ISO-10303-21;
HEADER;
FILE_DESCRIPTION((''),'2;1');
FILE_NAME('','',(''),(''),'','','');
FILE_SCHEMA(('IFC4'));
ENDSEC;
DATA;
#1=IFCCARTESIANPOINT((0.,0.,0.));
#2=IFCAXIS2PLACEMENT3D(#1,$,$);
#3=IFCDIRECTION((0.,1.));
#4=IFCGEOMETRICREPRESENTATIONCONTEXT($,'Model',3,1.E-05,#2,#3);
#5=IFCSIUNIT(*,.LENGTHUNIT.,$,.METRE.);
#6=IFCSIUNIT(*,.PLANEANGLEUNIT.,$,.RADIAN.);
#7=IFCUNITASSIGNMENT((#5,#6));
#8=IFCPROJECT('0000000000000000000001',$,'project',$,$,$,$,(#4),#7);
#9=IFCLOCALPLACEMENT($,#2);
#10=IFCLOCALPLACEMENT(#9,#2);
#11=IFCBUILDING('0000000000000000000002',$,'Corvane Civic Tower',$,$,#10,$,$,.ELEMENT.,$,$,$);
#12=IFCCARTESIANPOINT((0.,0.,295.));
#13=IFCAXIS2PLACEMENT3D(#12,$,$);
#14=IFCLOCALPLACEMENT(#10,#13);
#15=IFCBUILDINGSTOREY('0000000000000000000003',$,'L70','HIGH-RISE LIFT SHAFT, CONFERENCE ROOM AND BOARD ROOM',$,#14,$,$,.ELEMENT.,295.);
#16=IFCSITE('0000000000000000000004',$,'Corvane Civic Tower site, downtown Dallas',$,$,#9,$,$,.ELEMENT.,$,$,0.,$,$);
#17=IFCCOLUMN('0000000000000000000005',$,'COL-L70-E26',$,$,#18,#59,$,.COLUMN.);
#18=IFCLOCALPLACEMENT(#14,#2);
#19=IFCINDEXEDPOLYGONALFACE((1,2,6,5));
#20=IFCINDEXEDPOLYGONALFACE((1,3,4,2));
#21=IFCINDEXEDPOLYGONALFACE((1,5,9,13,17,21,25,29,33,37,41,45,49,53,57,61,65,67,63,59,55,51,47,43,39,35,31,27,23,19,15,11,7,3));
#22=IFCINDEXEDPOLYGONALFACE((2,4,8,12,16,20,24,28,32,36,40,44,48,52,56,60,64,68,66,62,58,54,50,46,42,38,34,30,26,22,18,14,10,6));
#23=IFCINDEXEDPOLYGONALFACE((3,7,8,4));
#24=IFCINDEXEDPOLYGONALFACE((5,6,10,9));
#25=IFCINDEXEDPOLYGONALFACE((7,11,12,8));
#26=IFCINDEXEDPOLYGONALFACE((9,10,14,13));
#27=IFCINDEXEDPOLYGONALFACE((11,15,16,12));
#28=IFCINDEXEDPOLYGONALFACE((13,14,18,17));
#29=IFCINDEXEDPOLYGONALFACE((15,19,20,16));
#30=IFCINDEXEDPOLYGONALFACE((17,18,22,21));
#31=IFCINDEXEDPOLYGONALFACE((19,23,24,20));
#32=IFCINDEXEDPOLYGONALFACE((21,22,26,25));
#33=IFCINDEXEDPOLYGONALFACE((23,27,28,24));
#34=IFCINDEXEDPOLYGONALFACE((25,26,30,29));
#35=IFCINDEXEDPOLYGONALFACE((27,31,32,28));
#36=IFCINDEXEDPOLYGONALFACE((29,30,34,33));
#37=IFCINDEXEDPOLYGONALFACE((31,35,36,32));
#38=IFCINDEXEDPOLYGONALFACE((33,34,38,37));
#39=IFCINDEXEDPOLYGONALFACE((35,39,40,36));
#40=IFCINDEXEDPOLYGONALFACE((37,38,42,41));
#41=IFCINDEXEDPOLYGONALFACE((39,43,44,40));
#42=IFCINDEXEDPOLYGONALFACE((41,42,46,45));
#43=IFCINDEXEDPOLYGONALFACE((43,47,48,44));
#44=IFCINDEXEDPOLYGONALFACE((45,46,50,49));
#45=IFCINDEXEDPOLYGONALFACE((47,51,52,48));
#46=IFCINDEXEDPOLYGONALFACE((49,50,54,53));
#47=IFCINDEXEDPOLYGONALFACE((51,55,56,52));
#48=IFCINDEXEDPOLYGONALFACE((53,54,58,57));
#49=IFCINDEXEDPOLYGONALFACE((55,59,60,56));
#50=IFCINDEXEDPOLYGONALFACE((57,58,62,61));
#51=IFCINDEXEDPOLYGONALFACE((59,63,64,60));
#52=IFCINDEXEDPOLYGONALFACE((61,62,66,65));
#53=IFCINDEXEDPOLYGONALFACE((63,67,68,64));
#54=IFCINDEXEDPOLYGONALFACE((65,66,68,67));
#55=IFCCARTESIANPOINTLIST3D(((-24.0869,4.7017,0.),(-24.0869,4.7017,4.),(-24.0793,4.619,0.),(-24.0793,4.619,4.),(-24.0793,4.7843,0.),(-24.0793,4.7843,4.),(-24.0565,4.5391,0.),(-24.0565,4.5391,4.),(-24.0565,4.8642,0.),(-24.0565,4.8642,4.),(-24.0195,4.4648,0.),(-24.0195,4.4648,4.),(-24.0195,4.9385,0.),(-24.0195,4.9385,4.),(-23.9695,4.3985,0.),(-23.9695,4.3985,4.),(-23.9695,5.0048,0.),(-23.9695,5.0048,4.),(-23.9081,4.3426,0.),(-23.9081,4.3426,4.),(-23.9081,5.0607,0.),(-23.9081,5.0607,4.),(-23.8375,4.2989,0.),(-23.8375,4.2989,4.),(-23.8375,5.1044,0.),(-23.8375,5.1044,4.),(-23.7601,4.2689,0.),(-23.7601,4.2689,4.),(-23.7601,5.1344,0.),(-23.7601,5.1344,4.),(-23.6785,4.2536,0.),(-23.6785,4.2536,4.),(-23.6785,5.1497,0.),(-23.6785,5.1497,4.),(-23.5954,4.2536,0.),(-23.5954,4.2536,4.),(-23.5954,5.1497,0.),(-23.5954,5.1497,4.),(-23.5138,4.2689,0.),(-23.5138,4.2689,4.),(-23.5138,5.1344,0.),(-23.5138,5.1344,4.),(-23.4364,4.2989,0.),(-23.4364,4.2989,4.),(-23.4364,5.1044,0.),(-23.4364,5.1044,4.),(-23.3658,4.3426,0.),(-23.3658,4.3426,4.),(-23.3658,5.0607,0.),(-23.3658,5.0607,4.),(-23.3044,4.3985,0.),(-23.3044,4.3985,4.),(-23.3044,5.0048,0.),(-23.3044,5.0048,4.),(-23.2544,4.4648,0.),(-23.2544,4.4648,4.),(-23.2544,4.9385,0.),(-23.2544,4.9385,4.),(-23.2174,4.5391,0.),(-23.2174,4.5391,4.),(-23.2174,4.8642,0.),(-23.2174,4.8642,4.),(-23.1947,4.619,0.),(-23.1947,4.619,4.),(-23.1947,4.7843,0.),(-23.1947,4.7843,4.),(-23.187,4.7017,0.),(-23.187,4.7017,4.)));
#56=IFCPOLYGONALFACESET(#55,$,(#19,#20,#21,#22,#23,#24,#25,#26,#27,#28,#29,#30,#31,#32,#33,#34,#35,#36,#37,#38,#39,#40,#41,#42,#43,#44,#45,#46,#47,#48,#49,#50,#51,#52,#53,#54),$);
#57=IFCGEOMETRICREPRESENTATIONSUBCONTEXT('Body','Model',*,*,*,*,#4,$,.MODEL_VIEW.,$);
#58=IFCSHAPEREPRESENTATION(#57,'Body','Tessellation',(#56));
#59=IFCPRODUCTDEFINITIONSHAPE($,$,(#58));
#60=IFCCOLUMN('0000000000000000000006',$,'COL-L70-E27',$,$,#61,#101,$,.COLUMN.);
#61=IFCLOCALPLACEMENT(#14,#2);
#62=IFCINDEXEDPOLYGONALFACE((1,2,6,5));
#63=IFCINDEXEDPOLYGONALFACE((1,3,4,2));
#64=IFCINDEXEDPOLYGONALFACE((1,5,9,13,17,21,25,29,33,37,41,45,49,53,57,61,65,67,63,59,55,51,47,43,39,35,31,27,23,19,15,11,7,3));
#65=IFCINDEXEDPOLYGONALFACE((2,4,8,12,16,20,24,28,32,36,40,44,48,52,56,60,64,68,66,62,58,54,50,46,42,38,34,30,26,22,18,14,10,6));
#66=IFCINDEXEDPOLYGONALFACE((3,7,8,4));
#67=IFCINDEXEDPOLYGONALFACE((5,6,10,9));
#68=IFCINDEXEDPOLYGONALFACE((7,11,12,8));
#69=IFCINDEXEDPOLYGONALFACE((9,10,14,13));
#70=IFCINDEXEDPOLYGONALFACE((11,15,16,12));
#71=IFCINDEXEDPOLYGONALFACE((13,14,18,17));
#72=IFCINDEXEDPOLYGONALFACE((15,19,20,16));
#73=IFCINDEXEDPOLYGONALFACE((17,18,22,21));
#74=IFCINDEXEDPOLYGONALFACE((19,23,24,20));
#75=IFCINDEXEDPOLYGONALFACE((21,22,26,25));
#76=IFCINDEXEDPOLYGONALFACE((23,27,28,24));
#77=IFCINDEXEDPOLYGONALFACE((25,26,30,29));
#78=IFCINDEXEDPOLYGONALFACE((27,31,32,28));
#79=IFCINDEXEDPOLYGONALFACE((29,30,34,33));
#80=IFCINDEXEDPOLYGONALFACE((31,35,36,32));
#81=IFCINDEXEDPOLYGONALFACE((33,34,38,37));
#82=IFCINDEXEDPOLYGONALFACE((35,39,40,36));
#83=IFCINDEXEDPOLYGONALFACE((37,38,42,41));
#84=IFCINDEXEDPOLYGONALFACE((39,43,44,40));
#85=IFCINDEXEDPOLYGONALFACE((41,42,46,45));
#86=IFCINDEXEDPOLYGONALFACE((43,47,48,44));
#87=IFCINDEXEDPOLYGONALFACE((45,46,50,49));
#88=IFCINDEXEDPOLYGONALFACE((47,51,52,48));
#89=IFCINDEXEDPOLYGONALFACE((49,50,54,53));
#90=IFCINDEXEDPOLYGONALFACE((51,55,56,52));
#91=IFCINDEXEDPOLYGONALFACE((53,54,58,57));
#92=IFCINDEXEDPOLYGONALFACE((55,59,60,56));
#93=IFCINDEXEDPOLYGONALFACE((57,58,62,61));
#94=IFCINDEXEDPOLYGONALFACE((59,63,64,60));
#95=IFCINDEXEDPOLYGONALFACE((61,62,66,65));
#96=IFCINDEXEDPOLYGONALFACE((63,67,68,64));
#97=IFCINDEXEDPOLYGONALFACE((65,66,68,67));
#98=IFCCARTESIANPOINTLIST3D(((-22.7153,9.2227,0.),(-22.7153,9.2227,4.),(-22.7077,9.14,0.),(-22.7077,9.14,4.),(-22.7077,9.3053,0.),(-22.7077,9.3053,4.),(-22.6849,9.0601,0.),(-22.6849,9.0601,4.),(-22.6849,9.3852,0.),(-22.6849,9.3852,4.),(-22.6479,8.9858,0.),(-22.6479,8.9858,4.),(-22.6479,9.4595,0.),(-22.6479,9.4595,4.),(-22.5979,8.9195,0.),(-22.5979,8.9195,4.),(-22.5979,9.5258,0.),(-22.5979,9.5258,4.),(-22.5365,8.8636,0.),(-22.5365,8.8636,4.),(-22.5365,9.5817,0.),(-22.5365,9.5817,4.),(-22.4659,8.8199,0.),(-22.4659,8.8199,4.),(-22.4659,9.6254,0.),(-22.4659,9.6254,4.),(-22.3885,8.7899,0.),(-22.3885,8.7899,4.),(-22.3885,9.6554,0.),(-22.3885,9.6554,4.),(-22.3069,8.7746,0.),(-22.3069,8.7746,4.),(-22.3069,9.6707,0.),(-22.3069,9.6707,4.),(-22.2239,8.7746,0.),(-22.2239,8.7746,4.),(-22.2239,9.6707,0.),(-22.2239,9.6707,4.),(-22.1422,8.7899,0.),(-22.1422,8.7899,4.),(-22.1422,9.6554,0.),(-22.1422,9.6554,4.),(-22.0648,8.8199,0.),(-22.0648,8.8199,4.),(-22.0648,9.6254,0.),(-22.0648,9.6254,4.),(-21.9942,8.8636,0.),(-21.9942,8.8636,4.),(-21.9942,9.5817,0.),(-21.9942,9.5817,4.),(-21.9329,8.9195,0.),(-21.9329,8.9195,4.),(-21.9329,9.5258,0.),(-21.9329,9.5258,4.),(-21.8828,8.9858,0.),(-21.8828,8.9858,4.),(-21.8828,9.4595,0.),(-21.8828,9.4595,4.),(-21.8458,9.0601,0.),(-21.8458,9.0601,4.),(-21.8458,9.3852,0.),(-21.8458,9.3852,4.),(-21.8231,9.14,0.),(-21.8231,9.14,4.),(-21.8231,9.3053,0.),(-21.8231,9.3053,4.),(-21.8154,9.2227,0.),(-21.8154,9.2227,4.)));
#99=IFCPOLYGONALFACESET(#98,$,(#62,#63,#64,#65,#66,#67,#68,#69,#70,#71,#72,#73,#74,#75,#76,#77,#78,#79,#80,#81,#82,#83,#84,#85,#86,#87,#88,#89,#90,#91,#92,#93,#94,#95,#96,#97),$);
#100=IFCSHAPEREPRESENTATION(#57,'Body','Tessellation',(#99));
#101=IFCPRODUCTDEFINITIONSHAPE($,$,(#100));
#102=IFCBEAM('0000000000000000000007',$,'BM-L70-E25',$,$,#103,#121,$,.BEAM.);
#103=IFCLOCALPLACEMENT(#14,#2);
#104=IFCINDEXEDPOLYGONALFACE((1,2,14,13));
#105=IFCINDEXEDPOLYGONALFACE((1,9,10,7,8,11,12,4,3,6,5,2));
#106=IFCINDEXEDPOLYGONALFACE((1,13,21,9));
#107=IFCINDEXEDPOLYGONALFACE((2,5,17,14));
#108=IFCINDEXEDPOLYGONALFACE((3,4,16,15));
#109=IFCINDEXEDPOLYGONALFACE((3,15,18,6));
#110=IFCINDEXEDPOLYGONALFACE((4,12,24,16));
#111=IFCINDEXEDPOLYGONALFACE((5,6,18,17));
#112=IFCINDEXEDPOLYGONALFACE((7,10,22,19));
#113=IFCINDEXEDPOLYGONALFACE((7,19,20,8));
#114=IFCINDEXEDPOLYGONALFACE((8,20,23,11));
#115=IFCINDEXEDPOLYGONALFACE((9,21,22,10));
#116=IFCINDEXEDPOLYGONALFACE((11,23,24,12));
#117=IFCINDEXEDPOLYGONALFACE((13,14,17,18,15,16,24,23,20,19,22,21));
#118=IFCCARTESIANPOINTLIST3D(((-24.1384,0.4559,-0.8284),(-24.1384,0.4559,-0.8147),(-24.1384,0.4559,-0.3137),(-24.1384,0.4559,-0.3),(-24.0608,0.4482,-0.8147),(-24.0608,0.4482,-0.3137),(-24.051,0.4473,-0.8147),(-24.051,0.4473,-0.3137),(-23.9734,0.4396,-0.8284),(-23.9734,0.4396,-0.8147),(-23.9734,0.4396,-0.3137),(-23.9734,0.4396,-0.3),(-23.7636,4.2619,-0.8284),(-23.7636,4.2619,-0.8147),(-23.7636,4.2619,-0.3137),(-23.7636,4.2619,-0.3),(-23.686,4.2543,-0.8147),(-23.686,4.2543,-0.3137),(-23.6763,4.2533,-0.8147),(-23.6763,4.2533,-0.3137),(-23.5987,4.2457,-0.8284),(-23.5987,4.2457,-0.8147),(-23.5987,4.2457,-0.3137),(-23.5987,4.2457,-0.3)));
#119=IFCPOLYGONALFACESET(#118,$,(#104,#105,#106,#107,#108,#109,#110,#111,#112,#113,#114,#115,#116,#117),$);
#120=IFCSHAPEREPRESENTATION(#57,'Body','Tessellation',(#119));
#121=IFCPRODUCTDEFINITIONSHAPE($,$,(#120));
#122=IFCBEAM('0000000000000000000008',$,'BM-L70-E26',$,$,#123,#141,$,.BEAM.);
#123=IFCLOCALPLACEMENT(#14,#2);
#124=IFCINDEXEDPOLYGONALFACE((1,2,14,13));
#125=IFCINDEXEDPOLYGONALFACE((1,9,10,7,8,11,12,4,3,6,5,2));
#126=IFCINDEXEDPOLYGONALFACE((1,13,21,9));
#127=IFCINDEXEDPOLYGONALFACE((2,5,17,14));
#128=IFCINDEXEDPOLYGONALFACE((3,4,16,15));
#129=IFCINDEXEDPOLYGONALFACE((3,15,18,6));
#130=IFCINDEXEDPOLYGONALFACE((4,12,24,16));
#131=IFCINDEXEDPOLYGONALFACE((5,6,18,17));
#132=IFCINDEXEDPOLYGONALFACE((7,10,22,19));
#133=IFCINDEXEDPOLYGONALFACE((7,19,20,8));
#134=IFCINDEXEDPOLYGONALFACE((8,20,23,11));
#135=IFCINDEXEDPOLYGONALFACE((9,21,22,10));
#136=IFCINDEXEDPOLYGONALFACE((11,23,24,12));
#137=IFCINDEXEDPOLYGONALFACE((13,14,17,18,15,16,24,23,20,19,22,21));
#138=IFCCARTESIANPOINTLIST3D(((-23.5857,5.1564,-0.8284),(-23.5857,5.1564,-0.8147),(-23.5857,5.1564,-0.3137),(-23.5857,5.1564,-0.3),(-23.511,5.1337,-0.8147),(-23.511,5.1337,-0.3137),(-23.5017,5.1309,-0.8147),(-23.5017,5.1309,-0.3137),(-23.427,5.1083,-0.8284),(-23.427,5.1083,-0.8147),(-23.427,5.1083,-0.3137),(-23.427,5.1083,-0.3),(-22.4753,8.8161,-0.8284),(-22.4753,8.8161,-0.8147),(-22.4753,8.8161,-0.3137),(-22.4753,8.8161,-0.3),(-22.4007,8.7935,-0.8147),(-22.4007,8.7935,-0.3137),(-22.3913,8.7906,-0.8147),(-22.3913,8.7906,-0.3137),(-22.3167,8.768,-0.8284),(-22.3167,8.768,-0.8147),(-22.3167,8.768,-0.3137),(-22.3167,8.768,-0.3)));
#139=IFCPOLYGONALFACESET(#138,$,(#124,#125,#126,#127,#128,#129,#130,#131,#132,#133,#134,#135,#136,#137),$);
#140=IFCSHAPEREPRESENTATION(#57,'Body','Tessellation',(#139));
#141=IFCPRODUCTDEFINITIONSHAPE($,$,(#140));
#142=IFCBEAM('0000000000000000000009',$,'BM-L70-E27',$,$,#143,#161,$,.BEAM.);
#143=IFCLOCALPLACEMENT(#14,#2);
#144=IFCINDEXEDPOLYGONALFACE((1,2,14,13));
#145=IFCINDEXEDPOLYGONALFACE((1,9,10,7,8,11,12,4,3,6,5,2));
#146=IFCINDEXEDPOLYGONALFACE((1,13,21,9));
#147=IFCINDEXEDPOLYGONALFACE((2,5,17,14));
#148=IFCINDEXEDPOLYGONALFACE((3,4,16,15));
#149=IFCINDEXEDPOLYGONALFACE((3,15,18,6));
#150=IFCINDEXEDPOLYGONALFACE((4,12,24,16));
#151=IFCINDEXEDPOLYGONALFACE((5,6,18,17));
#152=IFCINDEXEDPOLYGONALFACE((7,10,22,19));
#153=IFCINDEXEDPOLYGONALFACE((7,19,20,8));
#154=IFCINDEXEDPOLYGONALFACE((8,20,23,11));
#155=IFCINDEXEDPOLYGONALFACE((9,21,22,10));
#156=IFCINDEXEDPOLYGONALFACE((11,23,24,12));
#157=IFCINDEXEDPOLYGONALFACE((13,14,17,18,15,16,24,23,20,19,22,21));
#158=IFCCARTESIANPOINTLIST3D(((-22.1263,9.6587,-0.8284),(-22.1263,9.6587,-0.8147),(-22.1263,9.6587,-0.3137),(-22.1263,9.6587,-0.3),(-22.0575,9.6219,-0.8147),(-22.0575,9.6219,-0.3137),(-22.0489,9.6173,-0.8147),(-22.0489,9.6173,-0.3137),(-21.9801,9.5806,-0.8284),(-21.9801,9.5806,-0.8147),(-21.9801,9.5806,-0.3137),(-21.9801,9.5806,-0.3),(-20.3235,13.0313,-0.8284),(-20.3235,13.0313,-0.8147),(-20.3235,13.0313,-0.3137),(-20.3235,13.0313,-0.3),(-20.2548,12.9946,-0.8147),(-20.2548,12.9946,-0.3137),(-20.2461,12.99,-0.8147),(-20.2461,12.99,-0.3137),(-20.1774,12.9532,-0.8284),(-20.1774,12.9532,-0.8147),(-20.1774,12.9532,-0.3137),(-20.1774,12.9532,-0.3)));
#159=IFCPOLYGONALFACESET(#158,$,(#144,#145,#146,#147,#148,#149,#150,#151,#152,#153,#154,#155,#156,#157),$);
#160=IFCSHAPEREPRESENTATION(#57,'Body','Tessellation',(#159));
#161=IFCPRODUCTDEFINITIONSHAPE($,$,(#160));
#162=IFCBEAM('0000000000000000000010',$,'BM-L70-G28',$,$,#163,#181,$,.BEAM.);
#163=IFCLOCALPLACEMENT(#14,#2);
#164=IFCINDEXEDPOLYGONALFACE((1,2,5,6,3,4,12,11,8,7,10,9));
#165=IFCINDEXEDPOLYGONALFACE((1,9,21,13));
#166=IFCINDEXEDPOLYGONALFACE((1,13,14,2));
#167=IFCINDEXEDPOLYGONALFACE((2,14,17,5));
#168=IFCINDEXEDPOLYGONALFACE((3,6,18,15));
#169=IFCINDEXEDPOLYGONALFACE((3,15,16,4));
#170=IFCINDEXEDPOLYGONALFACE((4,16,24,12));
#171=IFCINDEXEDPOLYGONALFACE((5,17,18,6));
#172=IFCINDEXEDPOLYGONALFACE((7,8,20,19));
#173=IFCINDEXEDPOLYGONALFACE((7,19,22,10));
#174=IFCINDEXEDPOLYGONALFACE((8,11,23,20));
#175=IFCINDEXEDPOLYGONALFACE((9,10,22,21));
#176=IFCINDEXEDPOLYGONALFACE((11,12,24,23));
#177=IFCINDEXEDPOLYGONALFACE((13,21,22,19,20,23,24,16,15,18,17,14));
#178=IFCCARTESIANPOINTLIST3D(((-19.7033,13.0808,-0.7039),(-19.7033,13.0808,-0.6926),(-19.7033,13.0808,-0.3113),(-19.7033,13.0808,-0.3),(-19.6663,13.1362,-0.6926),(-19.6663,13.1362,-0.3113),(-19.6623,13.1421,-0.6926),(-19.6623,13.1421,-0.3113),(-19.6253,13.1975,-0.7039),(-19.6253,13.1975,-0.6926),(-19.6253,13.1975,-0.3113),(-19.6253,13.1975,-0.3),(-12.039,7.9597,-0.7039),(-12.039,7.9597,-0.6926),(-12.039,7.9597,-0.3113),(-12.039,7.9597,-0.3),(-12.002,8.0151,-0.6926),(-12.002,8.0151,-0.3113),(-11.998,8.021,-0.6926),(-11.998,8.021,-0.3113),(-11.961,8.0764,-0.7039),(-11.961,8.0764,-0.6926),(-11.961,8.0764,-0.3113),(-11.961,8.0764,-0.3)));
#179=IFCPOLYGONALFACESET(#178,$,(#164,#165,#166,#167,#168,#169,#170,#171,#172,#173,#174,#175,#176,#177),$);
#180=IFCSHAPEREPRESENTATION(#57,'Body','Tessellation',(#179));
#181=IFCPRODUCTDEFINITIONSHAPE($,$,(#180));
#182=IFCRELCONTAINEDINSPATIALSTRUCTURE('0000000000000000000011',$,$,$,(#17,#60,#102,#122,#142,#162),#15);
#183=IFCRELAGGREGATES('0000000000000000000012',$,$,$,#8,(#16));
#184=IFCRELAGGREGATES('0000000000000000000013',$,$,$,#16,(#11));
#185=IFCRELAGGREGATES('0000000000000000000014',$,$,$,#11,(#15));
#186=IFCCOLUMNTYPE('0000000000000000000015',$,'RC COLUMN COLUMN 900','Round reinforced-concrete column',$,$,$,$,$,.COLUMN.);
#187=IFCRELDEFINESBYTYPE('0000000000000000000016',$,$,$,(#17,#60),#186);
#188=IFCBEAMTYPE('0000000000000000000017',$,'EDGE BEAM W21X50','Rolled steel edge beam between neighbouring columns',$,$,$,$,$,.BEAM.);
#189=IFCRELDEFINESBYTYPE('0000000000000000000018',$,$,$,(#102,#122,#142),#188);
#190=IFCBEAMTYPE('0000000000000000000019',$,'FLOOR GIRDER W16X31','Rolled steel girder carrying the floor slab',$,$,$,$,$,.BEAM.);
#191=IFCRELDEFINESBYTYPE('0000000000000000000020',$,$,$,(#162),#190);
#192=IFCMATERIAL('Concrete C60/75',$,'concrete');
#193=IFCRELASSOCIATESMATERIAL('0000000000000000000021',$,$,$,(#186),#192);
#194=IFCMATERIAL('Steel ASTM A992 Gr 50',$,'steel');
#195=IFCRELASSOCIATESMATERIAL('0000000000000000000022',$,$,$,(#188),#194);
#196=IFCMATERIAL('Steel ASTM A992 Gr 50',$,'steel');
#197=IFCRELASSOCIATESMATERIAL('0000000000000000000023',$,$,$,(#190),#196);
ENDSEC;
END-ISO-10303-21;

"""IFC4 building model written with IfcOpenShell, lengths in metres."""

from ifc_helpers import new_model, si_unit, direction, frame, origin, origin_2d, place, context, subcontext, project, spatial, circle, i_section, extrude, material, material_profile, profile_set, type_object, element, save


model = new_model("IFC4")

# Units and contexts
model_context = context("Model", 3, precision=1e-05, world=origin(), true_north=direction((0.0, 1.0)))
body_context = subcontext(model_context, "Body", "Model", "MODEL_VIEW")
ifc_project = project(units=[si_unit("LENGTHUNIT", "METRE"), si_unit("PLANEANGLEUNIT", "RADIAN")], contexts=[model_context])

# Site, building, storey
site_placement = place(None, origin())
site = spatial("IfcSite", under=ifc_project, at=site_placement, Name="Corvane Civic Tower site, downtown Dallas", CompositionType="ELEMENT", RefElevation=0.0)
building_placement = place(site_placement, origin())
building = spatial("IfcBuilding", under=site, at=building_placement, Name="Corvane Civic Tower", CompositionType="ELEMENT")
storey_placement = place(building_placement, frame((0.0, 0.0, 295.0)))
storey = spatial("IfcBuildingStorey", under=building, at=storey_placement, Name="L70", Description="HIGH-RISE LIFT SHAFT, CONFERENCE ROOM AND BOARD ROOM", CompositionType="ELEMENT", Elevation=295.0)

# Columns
ifc_material_1 = material(Name="Concrete C60/75", Category="concrete")
ifc_material_profile_1 = material_profile(ifc_material_1, circle(Radius=0.45, at=origin_2d()), Name="COLUMN 900")
ifc_profile_set_1 = profile_set([ifc_material_profile_1], Name="Concrete C60/75")
column_type = type_object("IfcColumnType", Name="RC COLUMN COLUMN 900", Description="Round reinforced-concrete column", PredefinedType="COLUMN", material=ifc_profile_set_1)
for number, where, z_axis, x_axis, name in (
    (1, (-23.637, 4.7017, 0.0), (0.0, 0.0, 1.0), (1.0, 0.0, 0.0), "COL-L70-E26"),
    (2, (-22.2654, 9.2227, 0.0), (0.0, 0.0, 1.0), (1.0, 0.0, 0.0), "COL-L70-E27"),
):
    element("IfcColumn", number, at=place(storey_placement, frame(where, z_axis=z_axis, x_axis=x_axis)), inside=storey, type_object=column_type, Name=name, PredefinedType="COLUMN", context=body_context, shape_type="SweptSolid", body=[
        extrude(circle(Radius=0.45, at=origin_2d()), origin(), (0.0, 0.0, 1.0), 4.0),
    ])

# Beams
ifc_material_2 = material(Name="Steel ASTM A992 Gr 50", Category="steel")
ifc_material_profile_2 = material_profile(ifc_material_2, i_section(OverallWidth=0.1658, OverallDepth=0.5283, WebThickness=0.0098, FlangeThickness=0.0137, at=origin_2d()), Name="W21X50")
ifc_profile_set_2 = profile_set([ifc_material_profile_2], Name="Steel ASTM A992 Gr 50")
beam_type_1 = type_object("IfcBeamType", Name="EDGE BEAM W21X50", Description="Rolled steel edge beam between neighbouring columns", PredefinedType="BEAM", material=ifc_profile_set_2)
for number, where, z_axis, x_axis, name in (
    (3, (-24.0559, 0.4478, -0.5642), (0.097987, 0.995188, 0.0), (-0.995188, 0.097987, 0.0), "BM-L70-E25"),
    (4, (-23.5063, 5.1323, -0.5642), (0.290333, 0.956926, 0.0), (-0.956926, 0.290333, 0.0), "BM-L70-E26"),
):
    element("IfcBeam", number, at=place(storey_placement, frame(where, z_axis=z_axis, x_axis=x_axis)), inside=storey, type_object=beam_type_1, Name=name, PredefinedType="BEAM", context=body_context, shape_type="SweptSolid", body=[
        extrude(i_section(OverallWidth=0.1658, OverallDepth=0.5283, WebThickness=0.0098, FlangeThickness=0.0137, at=origin_2d()), origin(), (0.0, 0.0, 1.0), 3.8245),
    ])
beam_1_placement = place(storey_placement, frame((-22.0532, 9.6196, -0.5642), z_axis=(0.47141, 0.881914, 0.0), x_axis=(-0.881914, 0.47141, 0.0)))
element("IfcBeam", 5, at=beam_1_placement, inside=storey, type_object=beam_type_1, Name="BM-L70-E27", PredefinedType="BEAM", context=body_context, shape_type="SweptSolid", body=[
    extrude(i_section(OverallWidth=0.1658, OverallDepth=0.5283, WebThickness=0.0098, FlangeThickness=0.0137, at=origin_2d()), origin(), (0.0, 0.0, 1.0), 3.8242),
])
ifc_material_3 = material(Name="Steel ASTM A992 Gr 50", Category="steel")
ifc_material_profile_3 = material_profile(ifc_material_3, i_section(OverallWidth=0.1404, OverallDepth=0.4038, WebThickness=0.0071, FlangeThickness=0.0112, at=origin_2d()), Name="W16X31")
ifc_profile_set_3 = profile_set([ifc_material_profile_3], Name="Steel ASTM A992 Gr 50")
beam_type_2 = type_object("IfcBeamType", Name="FLOOR GIRDER W16X31", Description="Rolled steel girder carrying the floor slab", PredefinedType="BEAM", material=ifc_profile_set_3)
beam_2_placement = place(storey_placement, frame((-12.0, 8.0181, -0.502), z_axis=(-0.831471, 0.555568, 0.0), x_axis=(-0.555568, -0.831471, 0.0)))
element("IfcBeam", 6, at=beam_2_placement, inside=storey, type_object=beam_type_2, Name="BM-L70-G28", PredefinedType="BEAM", context=body_context, shape_type="SweptSolid", body=[
    extrude(i_section(OverallWidth=0.1404, OverallDepth=0.4038, WebThickness=0.0071, FlangeThickness=0.0112, at=origin_2d()), origin(), (0.0, 0.0, 1.0), 9.2178),
])

save(model, "model.ifc")
